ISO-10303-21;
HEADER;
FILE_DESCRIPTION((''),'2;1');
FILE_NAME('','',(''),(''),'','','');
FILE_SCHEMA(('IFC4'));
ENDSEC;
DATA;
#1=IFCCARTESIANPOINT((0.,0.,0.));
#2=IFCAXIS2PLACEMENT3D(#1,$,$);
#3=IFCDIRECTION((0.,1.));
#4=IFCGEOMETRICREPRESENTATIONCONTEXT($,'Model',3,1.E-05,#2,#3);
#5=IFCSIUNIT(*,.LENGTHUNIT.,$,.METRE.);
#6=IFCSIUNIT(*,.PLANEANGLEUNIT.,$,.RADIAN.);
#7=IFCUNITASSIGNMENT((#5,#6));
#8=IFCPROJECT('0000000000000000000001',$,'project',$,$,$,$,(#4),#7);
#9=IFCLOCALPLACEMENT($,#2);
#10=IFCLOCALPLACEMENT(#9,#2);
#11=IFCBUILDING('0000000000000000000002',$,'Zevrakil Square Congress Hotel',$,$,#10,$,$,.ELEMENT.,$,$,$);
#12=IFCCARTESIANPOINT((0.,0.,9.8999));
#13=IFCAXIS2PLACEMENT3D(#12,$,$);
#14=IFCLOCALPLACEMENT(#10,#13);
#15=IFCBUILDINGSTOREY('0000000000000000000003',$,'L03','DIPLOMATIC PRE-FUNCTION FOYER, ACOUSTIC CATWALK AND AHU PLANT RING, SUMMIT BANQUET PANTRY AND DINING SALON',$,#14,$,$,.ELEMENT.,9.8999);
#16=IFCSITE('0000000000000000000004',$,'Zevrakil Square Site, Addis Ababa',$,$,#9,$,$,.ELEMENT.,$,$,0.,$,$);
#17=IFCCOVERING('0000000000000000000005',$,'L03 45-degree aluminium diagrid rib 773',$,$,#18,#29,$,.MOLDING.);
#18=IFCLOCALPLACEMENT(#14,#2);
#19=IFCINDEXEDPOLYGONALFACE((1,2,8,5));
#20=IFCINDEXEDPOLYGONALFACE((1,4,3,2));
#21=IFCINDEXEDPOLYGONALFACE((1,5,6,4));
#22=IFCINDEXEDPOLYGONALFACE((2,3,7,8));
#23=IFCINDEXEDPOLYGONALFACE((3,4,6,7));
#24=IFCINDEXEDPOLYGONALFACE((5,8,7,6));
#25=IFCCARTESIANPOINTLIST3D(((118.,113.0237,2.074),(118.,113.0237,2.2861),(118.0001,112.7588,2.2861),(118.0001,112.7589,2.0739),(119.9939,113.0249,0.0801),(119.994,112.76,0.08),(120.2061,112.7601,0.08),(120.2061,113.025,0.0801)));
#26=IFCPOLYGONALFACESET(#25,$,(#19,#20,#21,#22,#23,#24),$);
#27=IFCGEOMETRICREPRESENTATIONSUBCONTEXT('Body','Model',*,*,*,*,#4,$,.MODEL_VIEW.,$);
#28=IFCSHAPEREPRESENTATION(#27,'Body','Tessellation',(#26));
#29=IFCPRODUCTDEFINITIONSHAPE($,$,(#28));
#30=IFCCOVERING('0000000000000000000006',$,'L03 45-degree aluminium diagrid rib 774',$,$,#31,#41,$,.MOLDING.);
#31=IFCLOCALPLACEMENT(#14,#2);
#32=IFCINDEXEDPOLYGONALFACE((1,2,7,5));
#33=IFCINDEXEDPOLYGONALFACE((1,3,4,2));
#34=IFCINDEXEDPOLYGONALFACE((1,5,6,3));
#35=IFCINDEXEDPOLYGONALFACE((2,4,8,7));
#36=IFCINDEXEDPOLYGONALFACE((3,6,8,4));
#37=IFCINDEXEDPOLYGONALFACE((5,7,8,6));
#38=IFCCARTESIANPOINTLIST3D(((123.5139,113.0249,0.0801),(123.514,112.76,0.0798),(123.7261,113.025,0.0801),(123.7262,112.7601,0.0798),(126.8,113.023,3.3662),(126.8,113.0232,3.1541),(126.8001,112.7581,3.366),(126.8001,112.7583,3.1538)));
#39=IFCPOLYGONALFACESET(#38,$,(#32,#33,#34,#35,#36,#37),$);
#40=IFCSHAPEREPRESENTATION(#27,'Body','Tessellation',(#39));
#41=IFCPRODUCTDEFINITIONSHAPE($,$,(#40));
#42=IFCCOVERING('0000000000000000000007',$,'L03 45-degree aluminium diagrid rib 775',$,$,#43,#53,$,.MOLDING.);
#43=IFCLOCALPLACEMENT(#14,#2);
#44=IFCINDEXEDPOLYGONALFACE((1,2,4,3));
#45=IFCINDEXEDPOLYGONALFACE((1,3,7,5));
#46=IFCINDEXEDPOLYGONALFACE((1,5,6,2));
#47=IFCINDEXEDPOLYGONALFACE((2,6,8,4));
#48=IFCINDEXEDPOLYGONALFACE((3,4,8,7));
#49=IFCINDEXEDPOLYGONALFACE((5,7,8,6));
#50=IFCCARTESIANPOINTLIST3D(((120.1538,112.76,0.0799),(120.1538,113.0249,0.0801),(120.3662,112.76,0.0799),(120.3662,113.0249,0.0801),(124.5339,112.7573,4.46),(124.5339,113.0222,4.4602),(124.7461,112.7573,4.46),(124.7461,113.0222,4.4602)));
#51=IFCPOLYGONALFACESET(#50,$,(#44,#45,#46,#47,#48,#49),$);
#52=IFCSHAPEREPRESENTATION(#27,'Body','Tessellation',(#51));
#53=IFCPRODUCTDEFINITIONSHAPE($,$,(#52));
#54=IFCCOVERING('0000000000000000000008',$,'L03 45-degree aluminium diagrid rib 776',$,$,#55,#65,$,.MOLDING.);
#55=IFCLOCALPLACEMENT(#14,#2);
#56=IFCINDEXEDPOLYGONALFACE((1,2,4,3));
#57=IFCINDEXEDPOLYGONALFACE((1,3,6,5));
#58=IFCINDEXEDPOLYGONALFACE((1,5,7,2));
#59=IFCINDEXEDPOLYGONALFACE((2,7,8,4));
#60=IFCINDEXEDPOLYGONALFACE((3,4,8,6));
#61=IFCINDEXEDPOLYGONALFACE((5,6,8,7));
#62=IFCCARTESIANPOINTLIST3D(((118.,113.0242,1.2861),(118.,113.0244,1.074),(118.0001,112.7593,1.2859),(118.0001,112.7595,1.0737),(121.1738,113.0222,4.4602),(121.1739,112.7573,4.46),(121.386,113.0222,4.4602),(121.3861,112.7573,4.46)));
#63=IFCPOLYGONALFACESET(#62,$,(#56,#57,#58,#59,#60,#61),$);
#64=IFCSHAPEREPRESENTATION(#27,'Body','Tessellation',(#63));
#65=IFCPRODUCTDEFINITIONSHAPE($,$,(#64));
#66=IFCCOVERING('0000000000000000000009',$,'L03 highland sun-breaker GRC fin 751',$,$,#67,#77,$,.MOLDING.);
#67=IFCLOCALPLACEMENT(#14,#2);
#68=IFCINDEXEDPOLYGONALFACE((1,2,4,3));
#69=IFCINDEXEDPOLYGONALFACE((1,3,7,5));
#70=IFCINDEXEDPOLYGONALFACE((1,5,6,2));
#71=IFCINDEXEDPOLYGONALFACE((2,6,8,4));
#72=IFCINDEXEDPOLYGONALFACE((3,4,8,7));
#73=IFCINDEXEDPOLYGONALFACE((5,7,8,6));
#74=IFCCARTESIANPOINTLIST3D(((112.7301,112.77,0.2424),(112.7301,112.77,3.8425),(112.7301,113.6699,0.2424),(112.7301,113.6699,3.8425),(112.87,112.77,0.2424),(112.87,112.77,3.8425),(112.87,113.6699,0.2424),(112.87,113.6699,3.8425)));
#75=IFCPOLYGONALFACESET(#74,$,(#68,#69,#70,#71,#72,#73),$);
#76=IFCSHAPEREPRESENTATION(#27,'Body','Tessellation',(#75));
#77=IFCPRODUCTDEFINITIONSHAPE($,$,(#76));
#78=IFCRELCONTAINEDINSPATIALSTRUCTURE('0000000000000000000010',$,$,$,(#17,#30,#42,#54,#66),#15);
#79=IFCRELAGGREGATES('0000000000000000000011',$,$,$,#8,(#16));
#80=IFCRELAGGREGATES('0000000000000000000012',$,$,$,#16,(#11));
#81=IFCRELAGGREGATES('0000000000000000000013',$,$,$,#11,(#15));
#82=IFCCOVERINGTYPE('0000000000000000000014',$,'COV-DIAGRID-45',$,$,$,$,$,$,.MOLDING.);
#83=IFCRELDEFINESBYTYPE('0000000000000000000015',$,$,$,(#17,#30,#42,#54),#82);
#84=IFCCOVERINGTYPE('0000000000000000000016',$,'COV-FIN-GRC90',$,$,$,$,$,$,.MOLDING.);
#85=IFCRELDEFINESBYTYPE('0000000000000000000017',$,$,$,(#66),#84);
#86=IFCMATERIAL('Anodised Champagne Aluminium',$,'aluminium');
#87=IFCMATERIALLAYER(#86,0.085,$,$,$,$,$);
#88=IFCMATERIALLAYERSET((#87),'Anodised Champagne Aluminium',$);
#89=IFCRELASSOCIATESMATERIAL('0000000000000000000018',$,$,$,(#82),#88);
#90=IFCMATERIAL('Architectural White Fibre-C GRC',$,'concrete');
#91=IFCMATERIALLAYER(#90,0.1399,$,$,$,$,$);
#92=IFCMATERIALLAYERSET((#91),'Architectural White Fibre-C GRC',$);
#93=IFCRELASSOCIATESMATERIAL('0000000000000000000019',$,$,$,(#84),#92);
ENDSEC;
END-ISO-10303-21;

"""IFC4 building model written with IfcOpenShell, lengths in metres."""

from ifc_helpers import new_model, si_unit, direction, frame, origin, origin_2d, place, context, subcontext, project, spatial, polyline, rectangle, outline, extrude, material, layer, layer_set, type_object, element, save


model = new_model("IFC4")

# Units and contexts
model_context = context("Model", 3, precision=1e-05, world=origin(), true_north=direction((0.0, 1.0)))
body_context = subcontext(model_context, "Body", "Model", "MODEL_VIEW")
ifc_project = project(units=[si_unit("LENGTHUNIT", "METRE"), si_unit("PLANEANGLEUNIT", "RADIAN")], contexts=[model_context])

# Site, building, storey
site_placement = place(None, origin())
site = spatial("IfcSite", under=ifc_project, at=site_placement, Name="Zevrakil Square Site, Addis Ababa", CompositionType="ELEMENT", RefElevation=0.0)
building_placement = place(site_placement, origin())
building = spatial("IfcBuilding", under=site, at=building_placement, Name="Zevrakil Square Congress Hotel", CompositionType="ELEMENT")
storey_placement = place(building_placement, frame((0.0, 0.0, 9.8999)))
storey = spatial("IfcBuildingStorey", under=building, at=storey_placement, Name="L03", Description="DIPLOMATIC PRE-FUNCTION FOYER, ACOUSTIC CATWALK AND AHU PLANT RING, SUMMIT BANQUET PANTRY AND DINING SALON", CompositionType="ELEMENT", Elevation=9.8999)

# Coverings
ifc_material_1 = material(Name="Anodised Champagne Aluminium", Category="aluminium")
ifc_layer_1 = layer(ifc_material_1, 0.085)
ifc_layer_set_1 = layer_set([ifc_layer_1], Name="Anodised Champagne Aluminium")
covering_type_1 = type_object("IfcCoveringType", Name="COV-DIAGRID-45", PredefinedType="MOLDING", material=ifc_layer_set_1)
covering_1_placement = place(storey_placement, frame((119.9939, 113.0249, 0.0801), z_axis=(-0.000291, 1.0, 0.000291), x_axis=(1.0, 0.000291, 0.0)))
element("IfcCovering", 1, at=covering_1_placement, inside=storey, type_object=covering_type_1, Name="L03 45-degree aluminium diagrid rib 773", PredefinedType="MOLDING", context=body_context, shape_type="SweptSolid", body=[
    extrude(outline(polyline([(0.0, 0.0), (0.2122, 0.0), (-1.9939, -2.2061), (-1.9939, -1.9939), (0.0, 0.0)])), origin(), (0.0, 0.0, -1.0), 0.2649),
])
covering_2_placement = place(storey_placement, frame((126.8, 113.0232, 3.1541), z_axis=(-0.000287, 1.0, 0.000863), x_axis=(0.0, -0.000863, 1.0)))
element("IfcCovering", 2, at=covering_2_placement, inside=storey, type_object=covering_type_1, Name="L03 45-degree aluminium diagrid rib 774", PredefinedType="MOLDING", context=body_context, shape_type="SweptSolid", body=[
    extrude(outline(polyline([(0.0, 0.0), (0.2122, 0.0), (-3.074, -3.2861), (-3.074, -3.074), (0.0, 0.0)])), origin(), (0.0, 0.0, -1.0), 0.2649),
])
covering_3_placement = place(storey_placement, frame((124.7461, 113.0222, 4.4602), z_axis=(0.0, 1.0, 0.000613), x_axis=(-1.0, 0.0, 0.0)))
element("IfcCovering", 3, at=covering_3_placement, inside=storey, type_object=covering_type_1, Name="L03 45-degree aluminium diagrid rib 775", PredefinedType="MOLDING", context=body_context, shape_type="SweptSolid", body=[
    extrude(outline(polyline([(0.0, 0.0), (0.2122, 0.0), (4.5923, -4.3801), (4.3799, -4.3801), (0.0, 0.0)])), origin(), (0.0, 0.0, -1.0), 0.2649),
])
covering_4_placement = place(storey_placement, frame((121.386, 113.0222, 4.4602), z_axis=(-0.000259, 1.0, 0.000892), x_axis=(-1.0, -0.000259, 0.0)))
element("IfcCovering", 4, at=covering_4_placement, inside=storey, type_object=covering_type_1, Name="L03 45-degree aluminium diagrid rib 776", PredefinedType="MOLDING", context=body_context, shape_type="SweptSolid", body=[
    extrude(outline(polyline([(0.0, 0.0), (0.2122, 0.0), (3.386, -3.1741), (3.386, -3.3862), (0.0, 0.0)])), origin(), (0.0, 0.0, -1.0), 0.2649),
])
ifc_material_2 = material(Name="Architectural White Fibre-C GRC", Category="concrete")
ifc_layer_2 = layer(ifc_material_2, 0.1399)
ifc_layer_set_2 = layer_set([ifc_layer_2], Name="Architectural White Fibre-C GRC")
covering_type_2 = type_object("IfcCoveringType", Name="COV-FIN-GRC90", PredefinedType="MOLDING", material=ifc_layer_set_2)
covering_5_placement = place(storey_placement, frame((112.8, 113.22, 0.2424), z_axis=(0.0, 0.0, 1.0), x_axis=(0.0, 1.0, 0.0)))
element("IfcCovering", 5, at=covering_5_placement, inside=storey, type_object=covering_type_2, Name="L03 highland sun-breaker GRC fin 751", PredefinedType="MOLDING", context=body_context, shape_type="SweptSolid", body=[
    extrude(rectangle(XDim=0.8999, YDim=0.1399, at=origin_2d()), origin(), (0.0, 0.0, 1.0), 3.6001),
])

save(model, "model.ifc")
